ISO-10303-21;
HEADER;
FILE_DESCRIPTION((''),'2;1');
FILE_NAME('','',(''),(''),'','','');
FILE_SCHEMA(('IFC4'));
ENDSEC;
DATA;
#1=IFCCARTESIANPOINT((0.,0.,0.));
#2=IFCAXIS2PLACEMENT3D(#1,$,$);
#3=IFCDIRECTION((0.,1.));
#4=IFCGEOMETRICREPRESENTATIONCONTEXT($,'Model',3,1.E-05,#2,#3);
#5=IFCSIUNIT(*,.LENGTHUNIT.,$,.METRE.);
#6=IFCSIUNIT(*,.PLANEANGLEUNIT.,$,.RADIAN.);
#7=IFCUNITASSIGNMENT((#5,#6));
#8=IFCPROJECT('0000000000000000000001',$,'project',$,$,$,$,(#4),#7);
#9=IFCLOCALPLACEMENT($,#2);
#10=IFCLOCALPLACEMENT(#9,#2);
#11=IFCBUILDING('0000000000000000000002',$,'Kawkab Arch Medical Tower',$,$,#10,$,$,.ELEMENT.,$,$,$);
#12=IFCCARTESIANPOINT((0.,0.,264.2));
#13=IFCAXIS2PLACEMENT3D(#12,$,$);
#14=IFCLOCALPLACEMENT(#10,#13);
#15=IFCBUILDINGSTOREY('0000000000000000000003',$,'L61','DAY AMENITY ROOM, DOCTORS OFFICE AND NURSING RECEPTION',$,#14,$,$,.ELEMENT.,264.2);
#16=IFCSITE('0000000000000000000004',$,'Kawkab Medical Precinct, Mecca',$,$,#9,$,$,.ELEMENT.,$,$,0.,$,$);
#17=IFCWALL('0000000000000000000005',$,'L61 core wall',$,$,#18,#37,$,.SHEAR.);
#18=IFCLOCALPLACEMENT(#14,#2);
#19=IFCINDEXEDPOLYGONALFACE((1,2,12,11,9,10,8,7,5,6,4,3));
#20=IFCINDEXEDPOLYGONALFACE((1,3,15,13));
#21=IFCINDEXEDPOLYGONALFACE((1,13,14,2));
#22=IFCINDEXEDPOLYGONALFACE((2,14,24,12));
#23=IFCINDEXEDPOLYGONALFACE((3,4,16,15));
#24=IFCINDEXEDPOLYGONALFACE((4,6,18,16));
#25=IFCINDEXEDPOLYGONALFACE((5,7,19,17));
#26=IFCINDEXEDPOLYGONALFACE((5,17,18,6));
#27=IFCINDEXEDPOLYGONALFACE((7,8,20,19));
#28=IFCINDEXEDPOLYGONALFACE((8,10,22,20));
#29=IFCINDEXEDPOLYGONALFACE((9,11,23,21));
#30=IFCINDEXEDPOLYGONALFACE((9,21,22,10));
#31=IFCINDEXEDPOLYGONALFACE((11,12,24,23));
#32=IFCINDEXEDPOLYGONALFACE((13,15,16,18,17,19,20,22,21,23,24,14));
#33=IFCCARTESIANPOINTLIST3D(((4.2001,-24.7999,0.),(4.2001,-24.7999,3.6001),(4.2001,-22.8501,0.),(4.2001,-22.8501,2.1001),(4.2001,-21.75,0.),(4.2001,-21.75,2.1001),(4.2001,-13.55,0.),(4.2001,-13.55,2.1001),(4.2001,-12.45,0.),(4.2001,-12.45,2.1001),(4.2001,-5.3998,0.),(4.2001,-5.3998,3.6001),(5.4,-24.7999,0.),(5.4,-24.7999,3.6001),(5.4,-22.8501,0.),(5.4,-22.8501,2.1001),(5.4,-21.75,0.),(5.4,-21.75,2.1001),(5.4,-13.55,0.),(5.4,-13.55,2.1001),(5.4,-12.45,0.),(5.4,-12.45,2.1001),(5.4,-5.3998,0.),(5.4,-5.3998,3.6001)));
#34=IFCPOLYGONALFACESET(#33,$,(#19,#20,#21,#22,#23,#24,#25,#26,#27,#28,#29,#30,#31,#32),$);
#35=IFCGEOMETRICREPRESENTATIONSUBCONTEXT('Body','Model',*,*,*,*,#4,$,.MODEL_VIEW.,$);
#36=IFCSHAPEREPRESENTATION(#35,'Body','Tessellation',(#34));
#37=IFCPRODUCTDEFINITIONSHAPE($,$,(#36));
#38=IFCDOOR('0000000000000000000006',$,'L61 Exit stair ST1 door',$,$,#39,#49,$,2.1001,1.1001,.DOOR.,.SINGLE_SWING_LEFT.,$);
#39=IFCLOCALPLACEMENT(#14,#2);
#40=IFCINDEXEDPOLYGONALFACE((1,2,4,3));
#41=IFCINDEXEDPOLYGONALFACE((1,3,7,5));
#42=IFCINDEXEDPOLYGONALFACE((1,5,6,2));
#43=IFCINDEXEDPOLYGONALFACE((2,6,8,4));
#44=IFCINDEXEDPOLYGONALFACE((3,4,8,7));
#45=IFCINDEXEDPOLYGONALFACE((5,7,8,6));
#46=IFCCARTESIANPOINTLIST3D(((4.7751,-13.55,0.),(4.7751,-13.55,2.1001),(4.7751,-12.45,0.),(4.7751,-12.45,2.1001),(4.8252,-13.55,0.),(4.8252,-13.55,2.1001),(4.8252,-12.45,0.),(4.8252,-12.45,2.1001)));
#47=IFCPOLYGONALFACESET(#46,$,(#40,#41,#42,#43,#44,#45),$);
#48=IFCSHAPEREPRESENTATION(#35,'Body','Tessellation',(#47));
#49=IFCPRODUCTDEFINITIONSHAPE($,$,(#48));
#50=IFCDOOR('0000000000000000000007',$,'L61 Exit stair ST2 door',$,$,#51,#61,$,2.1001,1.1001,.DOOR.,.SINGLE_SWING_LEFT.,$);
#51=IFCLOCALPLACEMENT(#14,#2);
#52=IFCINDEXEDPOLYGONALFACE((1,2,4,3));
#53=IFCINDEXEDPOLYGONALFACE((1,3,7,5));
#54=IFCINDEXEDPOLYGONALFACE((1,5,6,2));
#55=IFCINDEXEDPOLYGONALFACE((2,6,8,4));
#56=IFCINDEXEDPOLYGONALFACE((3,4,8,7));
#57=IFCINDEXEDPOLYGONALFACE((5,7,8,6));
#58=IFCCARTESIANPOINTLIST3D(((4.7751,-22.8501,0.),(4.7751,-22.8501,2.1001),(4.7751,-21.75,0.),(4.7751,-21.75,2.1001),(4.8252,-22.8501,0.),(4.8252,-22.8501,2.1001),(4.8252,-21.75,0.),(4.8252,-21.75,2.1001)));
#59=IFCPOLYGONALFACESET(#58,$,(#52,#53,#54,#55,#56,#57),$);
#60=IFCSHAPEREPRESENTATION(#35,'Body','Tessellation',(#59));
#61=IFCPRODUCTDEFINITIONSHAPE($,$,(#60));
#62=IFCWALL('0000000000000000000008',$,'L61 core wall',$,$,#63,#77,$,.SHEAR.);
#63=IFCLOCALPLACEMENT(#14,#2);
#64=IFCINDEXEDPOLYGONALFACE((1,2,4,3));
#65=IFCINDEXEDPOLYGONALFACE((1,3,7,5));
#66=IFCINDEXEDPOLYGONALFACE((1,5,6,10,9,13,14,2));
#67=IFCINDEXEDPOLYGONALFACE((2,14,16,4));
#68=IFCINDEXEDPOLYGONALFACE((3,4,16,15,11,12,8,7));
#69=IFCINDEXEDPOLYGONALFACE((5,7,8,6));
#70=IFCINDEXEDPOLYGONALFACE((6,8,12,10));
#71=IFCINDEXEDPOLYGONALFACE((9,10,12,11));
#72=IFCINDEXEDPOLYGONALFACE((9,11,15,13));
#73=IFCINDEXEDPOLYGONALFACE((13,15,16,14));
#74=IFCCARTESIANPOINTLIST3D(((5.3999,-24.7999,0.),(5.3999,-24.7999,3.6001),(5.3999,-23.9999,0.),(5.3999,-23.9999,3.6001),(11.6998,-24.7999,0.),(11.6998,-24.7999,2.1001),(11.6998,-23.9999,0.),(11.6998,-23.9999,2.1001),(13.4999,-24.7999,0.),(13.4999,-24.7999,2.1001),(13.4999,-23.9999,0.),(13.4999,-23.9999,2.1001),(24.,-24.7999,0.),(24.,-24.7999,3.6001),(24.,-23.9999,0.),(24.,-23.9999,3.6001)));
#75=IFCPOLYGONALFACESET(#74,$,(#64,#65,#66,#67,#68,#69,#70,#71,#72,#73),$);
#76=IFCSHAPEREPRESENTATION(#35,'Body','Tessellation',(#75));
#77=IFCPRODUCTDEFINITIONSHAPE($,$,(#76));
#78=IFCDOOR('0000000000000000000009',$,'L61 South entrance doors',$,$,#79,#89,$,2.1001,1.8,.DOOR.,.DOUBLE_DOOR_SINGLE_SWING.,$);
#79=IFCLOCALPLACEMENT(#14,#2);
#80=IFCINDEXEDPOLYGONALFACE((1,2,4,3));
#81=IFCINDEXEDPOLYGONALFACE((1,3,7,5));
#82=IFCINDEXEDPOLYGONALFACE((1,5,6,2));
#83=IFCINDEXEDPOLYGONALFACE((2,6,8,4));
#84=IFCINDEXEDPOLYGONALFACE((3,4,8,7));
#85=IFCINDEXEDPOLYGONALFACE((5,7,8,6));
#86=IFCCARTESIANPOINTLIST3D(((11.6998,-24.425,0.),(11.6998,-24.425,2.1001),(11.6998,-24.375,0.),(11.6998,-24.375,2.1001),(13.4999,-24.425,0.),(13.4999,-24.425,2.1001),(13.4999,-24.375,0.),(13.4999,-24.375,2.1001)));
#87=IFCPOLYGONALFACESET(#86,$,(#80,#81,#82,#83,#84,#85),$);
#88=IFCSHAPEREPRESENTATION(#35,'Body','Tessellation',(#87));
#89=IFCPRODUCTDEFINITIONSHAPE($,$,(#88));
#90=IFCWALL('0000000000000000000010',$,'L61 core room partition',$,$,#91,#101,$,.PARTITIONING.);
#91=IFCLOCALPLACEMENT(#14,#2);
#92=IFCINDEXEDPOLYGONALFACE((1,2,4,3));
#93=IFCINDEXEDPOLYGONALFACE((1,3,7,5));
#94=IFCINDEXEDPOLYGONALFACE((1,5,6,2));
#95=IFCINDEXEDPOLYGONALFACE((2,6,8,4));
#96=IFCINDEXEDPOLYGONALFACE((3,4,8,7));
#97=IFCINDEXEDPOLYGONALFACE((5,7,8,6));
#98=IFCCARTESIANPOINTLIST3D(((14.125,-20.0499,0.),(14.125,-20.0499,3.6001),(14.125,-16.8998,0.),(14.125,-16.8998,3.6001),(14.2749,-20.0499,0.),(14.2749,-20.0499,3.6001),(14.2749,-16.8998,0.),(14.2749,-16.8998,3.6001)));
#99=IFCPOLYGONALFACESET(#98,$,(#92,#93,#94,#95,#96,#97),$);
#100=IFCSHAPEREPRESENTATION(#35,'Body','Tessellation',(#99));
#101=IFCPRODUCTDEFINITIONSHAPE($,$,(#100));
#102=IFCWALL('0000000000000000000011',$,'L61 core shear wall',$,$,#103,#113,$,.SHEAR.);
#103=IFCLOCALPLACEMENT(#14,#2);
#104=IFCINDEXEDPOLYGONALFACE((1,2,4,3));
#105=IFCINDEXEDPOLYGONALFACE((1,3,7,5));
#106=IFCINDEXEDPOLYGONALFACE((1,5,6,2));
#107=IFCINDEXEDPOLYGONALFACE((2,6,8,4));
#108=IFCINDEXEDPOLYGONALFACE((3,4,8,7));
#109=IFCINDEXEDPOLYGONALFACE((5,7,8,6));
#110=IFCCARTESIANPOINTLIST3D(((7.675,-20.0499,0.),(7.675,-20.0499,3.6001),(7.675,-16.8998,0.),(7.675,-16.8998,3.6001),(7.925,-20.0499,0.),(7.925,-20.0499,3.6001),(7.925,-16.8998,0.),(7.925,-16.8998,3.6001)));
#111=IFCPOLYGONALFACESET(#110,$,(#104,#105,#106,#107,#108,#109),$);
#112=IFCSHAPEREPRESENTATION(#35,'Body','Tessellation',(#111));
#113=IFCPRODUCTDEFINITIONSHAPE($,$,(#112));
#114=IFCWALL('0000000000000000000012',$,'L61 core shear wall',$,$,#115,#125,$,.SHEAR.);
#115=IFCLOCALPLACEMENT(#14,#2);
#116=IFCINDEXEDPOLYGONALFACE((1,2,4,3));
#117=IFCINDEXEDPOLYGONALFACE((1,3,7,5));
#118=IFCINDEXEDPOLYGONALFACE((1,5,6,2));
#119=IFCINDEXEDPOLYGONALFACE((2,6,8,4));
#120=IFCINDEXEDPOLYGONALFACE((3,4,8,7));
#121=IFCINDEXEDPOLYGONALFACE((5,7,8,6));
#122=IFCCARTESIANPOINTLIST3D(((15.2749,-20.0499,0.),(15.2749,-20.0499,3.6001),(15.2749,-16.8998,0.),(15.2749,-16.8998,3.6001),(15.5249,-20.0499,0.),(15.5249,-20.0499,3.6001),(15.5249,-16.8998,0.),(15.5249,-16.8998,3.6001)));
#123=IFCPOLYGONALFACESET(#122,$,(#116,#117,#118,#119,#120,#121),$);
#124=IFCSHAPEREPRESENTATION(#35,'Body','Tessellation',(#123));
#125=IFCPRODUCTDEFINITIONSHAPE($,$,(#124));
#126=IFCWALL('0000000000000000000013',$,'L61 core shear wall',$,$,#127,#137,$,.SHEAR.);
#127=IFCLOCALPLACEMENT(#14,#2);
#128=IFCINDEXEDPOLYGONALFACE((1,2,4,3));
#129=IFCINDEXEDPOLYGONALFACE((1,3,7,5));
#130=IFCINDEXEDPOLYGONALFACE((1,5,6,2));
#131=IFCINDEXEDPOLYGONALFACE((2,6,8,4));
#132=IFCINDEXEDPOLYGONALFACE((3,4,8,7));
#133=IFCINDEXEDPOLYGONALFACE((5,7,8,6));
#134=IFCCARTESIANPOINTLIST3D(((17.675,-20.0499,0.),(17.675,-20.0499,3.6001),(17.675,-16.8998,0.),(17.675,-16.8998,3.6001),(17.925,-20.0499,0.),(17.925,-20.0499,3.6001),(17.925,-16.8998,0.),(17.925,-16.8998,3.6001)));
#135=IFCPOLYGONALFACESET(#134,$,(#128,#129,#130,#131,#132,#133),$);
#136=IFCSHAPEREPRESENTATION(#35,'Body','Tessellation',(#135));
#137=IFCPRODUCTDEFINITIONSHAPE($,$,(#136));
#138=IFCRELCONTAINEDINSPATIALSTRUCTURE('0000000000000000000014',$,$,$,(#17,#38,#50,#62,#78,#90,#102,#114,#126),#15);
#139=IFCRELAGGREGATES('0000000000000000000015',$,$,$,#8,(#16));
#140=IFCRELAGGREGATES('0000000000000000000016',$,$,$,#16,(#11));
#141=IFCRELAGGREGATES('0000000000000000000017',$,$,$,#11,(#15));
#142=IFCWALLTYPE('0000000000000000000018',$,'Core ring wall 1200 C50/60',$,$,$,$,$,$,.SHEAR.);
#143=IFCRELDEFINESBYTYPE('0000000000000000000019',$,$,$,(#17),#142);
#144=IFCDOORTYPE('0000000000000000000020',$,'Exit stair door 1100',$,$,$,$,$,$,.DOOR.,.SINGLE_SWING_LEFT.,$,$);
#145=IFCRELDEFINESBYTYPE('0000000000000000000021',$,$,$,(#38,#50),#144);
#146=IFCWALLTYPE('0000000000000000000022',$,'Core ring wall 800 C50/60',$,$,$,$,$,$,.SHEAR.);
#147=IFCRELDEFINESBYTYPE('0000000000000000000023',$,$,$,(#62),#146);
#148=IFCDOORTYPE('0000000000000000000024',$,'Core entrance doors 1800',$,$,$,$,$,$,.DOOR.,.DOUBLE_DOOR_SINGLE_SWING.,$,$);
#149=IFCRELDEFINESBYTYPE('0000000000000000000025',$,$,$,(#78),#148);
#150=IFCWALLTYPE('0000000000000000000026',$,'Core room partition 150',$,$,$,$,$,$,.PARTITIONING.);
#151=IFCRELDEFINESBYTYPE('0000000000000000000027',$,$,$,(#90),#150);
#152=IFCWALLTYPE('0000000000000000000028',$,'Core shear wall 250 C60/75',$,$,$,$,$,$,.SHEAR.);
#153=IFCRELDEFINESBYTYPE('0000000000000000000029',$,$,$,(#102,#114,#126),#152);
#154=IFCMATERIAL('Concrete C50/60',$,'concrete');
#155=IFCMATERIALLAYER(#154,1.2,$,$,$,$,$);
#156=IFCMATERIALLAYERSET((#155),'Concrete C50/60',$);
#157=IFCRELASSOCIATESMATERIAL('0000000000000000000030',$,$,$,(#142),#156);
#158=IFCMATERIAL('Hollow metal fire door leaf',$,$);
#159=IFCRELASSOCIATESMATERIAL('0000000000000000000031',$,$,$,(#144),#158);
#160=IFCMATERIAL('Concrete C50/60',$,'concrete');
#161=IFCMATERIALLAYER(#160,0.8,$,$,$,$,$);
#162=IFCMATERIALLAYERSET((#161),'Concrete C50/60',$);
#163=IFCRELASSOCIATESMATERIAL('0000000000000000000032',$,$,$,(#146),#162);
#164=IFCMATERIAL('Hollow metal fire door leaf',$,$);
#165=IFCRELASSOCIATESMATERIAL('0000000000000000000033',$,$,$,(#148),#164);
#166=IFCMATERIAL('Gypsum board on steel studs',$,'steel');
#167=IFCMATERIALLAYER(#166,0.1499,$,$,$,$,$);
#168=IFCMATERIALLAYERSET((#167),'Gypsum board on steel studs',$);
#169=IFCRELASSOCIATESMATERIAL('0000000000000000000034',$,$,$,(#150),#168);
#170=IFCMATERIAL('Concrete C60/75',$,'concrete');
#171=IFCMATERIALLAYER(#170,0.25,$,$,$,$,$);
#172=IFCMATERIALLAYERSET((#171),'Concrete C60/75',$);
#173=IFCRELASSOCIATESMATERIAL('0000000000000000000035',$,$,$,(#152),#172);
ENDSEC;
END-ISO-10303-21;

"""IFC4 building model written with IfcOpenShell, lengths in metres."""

from ifc_helpers import new_model, si_unit, direction, frame, frame_2d, origin, place, context, subcontext, project, spatial, rectangle, extrude, material, layer, layer_set, type_object, element, fill, save


model = new_model("IFC4")

# Units and contexts
model_context = context("Model", 3, precision=1e-05, world=origin(), true_north=direction((0.0, 1.0)))
body_context = subcontext(model_context, "Body", "Model", "MODEL_VIEW")
ifc_project = project(units=[si_unit("LENGTHUNIT", "METRE"), si_unit("PLANEANGLEUNIT", "RADIAN")], contexts=[model_context])

# Site, building, storey
site_placement = place(None, origin())
site = spatial("IfcSite", under=ifc_project, at=site_placement, Name="Kawkab Medical Precinct, Mecca", CompositionType="ELEMENT", RefElevation=0.0)
building_placement = place(site_placement, origin())
building = spatial("IfcBuilding", under=site, at=building_placement, Name="Kawkab Arch Medical Tower", CompositionType="ELEMENT")
storey_placement = place(building_placement, frame((0.0, 0.0, 264.2)))
storey = spatial("IfcBuildingStorey", under=building, at=storey_placement, Name="L61", Description="DAY AMENITY ROOM, DOCTORS OFFICE AND NURSING RECEPTION", CompositionType="ELEMENT", Elevation=264.2)

# Wall, openings, doors
ifc_material_1 = material(Name="Concrete C50/60", Category="concrete")
ifc_layer_1 = layer(ifc_material_1, 1.2)
ifc_layer_set_1 = layer_set([ifc_layer_1], Name="Concrete C50/60")
wall_type_1 = type_object("IfcWallType", Name="Core ring wall 1200 C50/60", PredefinedType="SHEAR", material=ifc_layer_set_1)
wall_1_placement = place(storey_placement, frame((4.8, -24.8, 0.0), z_axis=(0.0, 0.0, 1.0), x_axis=(0.0, 1.0, 0.0)))
wall_1 = element("IfcWall", 1, at=wall_1_placement, inside=storey, type_object=wall_type_1, Name="L61 core wall", PredefinedType="SHEAR", context=body_context, shape_type="SweptSolid", body=[
    extrude(rectangle(XDim=19.4001, YDim=1.2, at=frame_2d((9.7002, 0.0))), origin(), (0.0, 0.0, 1.0), 3.6001),
])
opening_1_placement = place(wall_1_placement, frame((11.25, 0.0, 0.0)))
opening_1 = element("IfcOpeningElement", 2, at=opening_1_placement, cuts=wall_1, PredefinedType="OPENING", context=body_context, shape_type="SweptSolid", body=[
    extrude(rectangle(XDim=1.1001, YDim=2.1001, at=frame_2d((0.55, 1.05))), frame((0.0, 0.6099, 0.0), z_axis=(0.0, -1.0, 0.0), x_axis=(1.0, 0.0, 0.0)), (0.0, 0.0, 1.0), 1.22),
])
opening_2_placement = place(wall_1_placement, frame((1.95, 0.0, 0.0)))
opening_2 = element("IfcOpeningElement", 3, at=opening_2_placement, cuts=wall_1, PredefinedType="OPENING", context=body_context, shape_type="SweptSolid", body=[
    extrude(rectangle(XDim=1.1001, YDim=2.1001, at=frame_2d((0.55, 1.05))), frame((0.0, 0.6099, 0.0), z_axis=(0.0, -1.0, 0.0), x_axis=(1.0, 0.0, 0.0)), (0.0, 0.0, 1.0), 1.22),
])
ifc_material_2 = material(Name="Hollow metal fire door leaf")
door_type_1 = type_object("IfcDoorType", Name="Exit stair door 1100", OperationType="SINGLE_SWING_LEFT", PredefinedType="DOOR", material=ifc_material_2)
door_1_placement = place(opening_1_placement, origin())
door_1 = element("IfcDoor", 4, at=door_1_placement, inside=storey, type_object=door_type_1, Name="L61 Exit stair ST1 door", OperationType="SINGLE_SWING_LEFT", OverallHeight=2.1001, OverallWidth=1.1001, PredefinedType="DOOR", context=body_context, shape_type="SweptSolid", body=[
    extrude(rectangle(XDim=1.1001, YDim=2.1001, at=frame_2d((0.55, 1.05))), frame((0.0, 0.0249, 0.0), z_axis=(0.0, -1.0, 0.0), x_axis=(1.0, 0.0, 0.0)), (0.0, 0.0, 1.0), 0.05),
])
fill(opening_1, door_1)
door_2_placement = place(opening_2_placement, origin())
door_2 = element("IfcDoor", 5, at=door_2_placement, inside=storey, type_object=door_type_1, Name="L61 Exit stair ST2 door", OperationType="SINGLE_SWING_LEFT", OverallHeight=2.1001, OverallWidth=1.1001, PredefinedType="DOOR", context=body_context, shape_type="SweptSolid", body=[
    extrude(rectangle(XDim=1.1001, YDim=2.1001, at=frame_2d((0.55, 1.05))), frame((0.0, 0.0249, 0.0), z_axis=(0.0, -1.0, 0.0), x_axis=(1.0, 0.0, 0.0)), (0.0, 0.0, 1.0), 0.05),
])
fill(opening_2, door_2)

# Wall, opening, door
ifc_material_3 = material(Name="Concrete C50/60", Category="concrete")
ifc_layer_2 = layer(ifc_material_3, 0.8)
ifc_layer_set_2 = layer_set([ifc_layer_2], Name="Concrete C50/60")
wall_type_2 = type_object("IfcWallType", Name="Core ring wall 800 C50/60", PredefinedType="SHEAR", material=ifc_layer_set_2)
wall_2_placement = place(storey_placement, frame((5.3999, -24.3999, 0.0), z_axis=(0.0, 0.0, 1.0), x_axis=(1.0, 0.0, 0.0)))
wall_2 = element("IfcWall", 6, at=wall_2_placement, inside=storey, type_object=wall_type_2, Name="L61 core wall", PredefinedType="SHEAR", context=body_context, shape_type="SweptSolid", body=[
    extrude(rectangle(XDim=18.6001, YDim=0.8, at=frame_2d((9.3, 0.0))), origin(), (0.0, 0.0, 1.0), 3.6001),
])
opening_3_placement = place(wall_2_placement, frame((6.3, 0.0, 0.0)))
opening_3 = element("IfcOpeningElement", 7, at=opening_3_placement, cuts=wall_2, PredefinedType="OPENING", context=body_context, shape_type="SweptSolid", body=[
    extrude(rectangle(XDim=1.8, YDim=2.1001, at=frame_2d((0.8999, 1.05))), frame((0.0, 0.4099, 0.0), z_axis=(0.0, -1.0, 0.0), x_axis=(1.0, 0.0, 0.0)), (0.0, 0.0, 1.0), 0.8201),
])
ifc_material_4 = material(Name="Hollow metal fire door leaf")
door_type_2 = type_object("IfcDoorType", Name="Core entrance doors 1800", OperationType="DOUBLE_DOOR_SINGLE_SWING", PredefinedType="DOOR", material=ifc_material_4)
door_3_placement = place(opening_3_placement, origin())
door_3 = element("IfcDoor", 8, at=door_3_placement, inside=storey, type_object=door_type_2, Name="L61 South entrance doors", OperationType="DOUBLE_DOOR_SINGLE_SWING", OverallHeight=2.1001, OverallWidth=1.8, PredefinedType="DOOR", context=body_context, shape_type="SweptSolid", body=[
    extrude(rectangle(XDim=1.8, YDim=2.1001, at=frame_2d((0.8999, 1.05))), frame((0.0, 0.0249, 0.0), z_axis=(0.0, -1.0, 0.0), x_axis=(1.0, 0.0, 0.0)), (0.0, 0.0, 1.0), 0.05),
])
fill(opening_3, door_3)

# Walls
ifc_material_5 = material(Name="Gypsum board on steel studs", Category="steel")
ifc_layer_3 = layer(ifc_material_5, 0.1499)
ifc_layer_set_3 = layer_set([ifc_layer_3], Name="Gypsum board on steel studs")
wall_type_3 = type_object("IfcWallType", Name="Core room partition 150", PredefinedType="PARTITIONING", material=ifc_layer_set_3)
wall_3_placement = place(storey_placement, frame((14.2, -20.05, 0.0), z_axis=(0.0, 0.0, 1.0), x_axis=(0.0, 1.0, 0.0)))
element("IfcWall", 9, at=wall_3_placement, inside=storey, type_object=wall_type_3, Name="L61 core room partition", PredefinedType="PARTITIONING", context=body_context, shape_type="SweptSolid", body=[
    extrude(rectangle(XDim=3.1501, YDim=0.1499, at=frame_2d((1.5752, 0.0))), origin(), (0.0, 0.0, 1.0), 3.6001),
])
ifc_material_6 = material(Name="Concrete C60/75", Category="concrete")
ifc_layer_4 = layer(ifc_material_6, 0.25)
ifc_layer_set_4 = layer_set([ifc_layer_4], Name="Concrete C60/75")
wall_type_4 = type_object("IfcWallType", Name="Core shear wall 250 C60/75", PredefinedType="SHEAR", material=ifc_layer_set_4)
for number, where, z_axis, x_axis, name in (
    (10, (7.8, -20.05, 0.0), (0.0, 0.0, 1.0), (0.0, 1.0, 0.0), "L61 core shear wall"),
    (11, (15.3999, -20.05, 0.0), (0.0, 0.0, 1.0), (0.0, 1.0, 0.0), "L61 core shear wall"),
    (12, (17.8, -20.05, 0.0), (0.0, 0.0, 1.0), (0.0, 1.0, 0.0), "L61 core shear wall"),
):
    element("IfcWall", number, at=place(storey_placement, frame(where, z_axis=z_axis, x_axis=x_axis)), inside=storey, type_object=wall_type_4, Name=name, PredefinedType="SHEAR", context=body_context, shape_type="SweptSolid", body=[
        extrude(rectangle(XDim=3.1501, YDim=0.25, at=frame_2d((1.5752, 0.0))), origin(), (0.0, 0.0, 1.0), 3.6001),
    ])

save(model, "model.ifc")
